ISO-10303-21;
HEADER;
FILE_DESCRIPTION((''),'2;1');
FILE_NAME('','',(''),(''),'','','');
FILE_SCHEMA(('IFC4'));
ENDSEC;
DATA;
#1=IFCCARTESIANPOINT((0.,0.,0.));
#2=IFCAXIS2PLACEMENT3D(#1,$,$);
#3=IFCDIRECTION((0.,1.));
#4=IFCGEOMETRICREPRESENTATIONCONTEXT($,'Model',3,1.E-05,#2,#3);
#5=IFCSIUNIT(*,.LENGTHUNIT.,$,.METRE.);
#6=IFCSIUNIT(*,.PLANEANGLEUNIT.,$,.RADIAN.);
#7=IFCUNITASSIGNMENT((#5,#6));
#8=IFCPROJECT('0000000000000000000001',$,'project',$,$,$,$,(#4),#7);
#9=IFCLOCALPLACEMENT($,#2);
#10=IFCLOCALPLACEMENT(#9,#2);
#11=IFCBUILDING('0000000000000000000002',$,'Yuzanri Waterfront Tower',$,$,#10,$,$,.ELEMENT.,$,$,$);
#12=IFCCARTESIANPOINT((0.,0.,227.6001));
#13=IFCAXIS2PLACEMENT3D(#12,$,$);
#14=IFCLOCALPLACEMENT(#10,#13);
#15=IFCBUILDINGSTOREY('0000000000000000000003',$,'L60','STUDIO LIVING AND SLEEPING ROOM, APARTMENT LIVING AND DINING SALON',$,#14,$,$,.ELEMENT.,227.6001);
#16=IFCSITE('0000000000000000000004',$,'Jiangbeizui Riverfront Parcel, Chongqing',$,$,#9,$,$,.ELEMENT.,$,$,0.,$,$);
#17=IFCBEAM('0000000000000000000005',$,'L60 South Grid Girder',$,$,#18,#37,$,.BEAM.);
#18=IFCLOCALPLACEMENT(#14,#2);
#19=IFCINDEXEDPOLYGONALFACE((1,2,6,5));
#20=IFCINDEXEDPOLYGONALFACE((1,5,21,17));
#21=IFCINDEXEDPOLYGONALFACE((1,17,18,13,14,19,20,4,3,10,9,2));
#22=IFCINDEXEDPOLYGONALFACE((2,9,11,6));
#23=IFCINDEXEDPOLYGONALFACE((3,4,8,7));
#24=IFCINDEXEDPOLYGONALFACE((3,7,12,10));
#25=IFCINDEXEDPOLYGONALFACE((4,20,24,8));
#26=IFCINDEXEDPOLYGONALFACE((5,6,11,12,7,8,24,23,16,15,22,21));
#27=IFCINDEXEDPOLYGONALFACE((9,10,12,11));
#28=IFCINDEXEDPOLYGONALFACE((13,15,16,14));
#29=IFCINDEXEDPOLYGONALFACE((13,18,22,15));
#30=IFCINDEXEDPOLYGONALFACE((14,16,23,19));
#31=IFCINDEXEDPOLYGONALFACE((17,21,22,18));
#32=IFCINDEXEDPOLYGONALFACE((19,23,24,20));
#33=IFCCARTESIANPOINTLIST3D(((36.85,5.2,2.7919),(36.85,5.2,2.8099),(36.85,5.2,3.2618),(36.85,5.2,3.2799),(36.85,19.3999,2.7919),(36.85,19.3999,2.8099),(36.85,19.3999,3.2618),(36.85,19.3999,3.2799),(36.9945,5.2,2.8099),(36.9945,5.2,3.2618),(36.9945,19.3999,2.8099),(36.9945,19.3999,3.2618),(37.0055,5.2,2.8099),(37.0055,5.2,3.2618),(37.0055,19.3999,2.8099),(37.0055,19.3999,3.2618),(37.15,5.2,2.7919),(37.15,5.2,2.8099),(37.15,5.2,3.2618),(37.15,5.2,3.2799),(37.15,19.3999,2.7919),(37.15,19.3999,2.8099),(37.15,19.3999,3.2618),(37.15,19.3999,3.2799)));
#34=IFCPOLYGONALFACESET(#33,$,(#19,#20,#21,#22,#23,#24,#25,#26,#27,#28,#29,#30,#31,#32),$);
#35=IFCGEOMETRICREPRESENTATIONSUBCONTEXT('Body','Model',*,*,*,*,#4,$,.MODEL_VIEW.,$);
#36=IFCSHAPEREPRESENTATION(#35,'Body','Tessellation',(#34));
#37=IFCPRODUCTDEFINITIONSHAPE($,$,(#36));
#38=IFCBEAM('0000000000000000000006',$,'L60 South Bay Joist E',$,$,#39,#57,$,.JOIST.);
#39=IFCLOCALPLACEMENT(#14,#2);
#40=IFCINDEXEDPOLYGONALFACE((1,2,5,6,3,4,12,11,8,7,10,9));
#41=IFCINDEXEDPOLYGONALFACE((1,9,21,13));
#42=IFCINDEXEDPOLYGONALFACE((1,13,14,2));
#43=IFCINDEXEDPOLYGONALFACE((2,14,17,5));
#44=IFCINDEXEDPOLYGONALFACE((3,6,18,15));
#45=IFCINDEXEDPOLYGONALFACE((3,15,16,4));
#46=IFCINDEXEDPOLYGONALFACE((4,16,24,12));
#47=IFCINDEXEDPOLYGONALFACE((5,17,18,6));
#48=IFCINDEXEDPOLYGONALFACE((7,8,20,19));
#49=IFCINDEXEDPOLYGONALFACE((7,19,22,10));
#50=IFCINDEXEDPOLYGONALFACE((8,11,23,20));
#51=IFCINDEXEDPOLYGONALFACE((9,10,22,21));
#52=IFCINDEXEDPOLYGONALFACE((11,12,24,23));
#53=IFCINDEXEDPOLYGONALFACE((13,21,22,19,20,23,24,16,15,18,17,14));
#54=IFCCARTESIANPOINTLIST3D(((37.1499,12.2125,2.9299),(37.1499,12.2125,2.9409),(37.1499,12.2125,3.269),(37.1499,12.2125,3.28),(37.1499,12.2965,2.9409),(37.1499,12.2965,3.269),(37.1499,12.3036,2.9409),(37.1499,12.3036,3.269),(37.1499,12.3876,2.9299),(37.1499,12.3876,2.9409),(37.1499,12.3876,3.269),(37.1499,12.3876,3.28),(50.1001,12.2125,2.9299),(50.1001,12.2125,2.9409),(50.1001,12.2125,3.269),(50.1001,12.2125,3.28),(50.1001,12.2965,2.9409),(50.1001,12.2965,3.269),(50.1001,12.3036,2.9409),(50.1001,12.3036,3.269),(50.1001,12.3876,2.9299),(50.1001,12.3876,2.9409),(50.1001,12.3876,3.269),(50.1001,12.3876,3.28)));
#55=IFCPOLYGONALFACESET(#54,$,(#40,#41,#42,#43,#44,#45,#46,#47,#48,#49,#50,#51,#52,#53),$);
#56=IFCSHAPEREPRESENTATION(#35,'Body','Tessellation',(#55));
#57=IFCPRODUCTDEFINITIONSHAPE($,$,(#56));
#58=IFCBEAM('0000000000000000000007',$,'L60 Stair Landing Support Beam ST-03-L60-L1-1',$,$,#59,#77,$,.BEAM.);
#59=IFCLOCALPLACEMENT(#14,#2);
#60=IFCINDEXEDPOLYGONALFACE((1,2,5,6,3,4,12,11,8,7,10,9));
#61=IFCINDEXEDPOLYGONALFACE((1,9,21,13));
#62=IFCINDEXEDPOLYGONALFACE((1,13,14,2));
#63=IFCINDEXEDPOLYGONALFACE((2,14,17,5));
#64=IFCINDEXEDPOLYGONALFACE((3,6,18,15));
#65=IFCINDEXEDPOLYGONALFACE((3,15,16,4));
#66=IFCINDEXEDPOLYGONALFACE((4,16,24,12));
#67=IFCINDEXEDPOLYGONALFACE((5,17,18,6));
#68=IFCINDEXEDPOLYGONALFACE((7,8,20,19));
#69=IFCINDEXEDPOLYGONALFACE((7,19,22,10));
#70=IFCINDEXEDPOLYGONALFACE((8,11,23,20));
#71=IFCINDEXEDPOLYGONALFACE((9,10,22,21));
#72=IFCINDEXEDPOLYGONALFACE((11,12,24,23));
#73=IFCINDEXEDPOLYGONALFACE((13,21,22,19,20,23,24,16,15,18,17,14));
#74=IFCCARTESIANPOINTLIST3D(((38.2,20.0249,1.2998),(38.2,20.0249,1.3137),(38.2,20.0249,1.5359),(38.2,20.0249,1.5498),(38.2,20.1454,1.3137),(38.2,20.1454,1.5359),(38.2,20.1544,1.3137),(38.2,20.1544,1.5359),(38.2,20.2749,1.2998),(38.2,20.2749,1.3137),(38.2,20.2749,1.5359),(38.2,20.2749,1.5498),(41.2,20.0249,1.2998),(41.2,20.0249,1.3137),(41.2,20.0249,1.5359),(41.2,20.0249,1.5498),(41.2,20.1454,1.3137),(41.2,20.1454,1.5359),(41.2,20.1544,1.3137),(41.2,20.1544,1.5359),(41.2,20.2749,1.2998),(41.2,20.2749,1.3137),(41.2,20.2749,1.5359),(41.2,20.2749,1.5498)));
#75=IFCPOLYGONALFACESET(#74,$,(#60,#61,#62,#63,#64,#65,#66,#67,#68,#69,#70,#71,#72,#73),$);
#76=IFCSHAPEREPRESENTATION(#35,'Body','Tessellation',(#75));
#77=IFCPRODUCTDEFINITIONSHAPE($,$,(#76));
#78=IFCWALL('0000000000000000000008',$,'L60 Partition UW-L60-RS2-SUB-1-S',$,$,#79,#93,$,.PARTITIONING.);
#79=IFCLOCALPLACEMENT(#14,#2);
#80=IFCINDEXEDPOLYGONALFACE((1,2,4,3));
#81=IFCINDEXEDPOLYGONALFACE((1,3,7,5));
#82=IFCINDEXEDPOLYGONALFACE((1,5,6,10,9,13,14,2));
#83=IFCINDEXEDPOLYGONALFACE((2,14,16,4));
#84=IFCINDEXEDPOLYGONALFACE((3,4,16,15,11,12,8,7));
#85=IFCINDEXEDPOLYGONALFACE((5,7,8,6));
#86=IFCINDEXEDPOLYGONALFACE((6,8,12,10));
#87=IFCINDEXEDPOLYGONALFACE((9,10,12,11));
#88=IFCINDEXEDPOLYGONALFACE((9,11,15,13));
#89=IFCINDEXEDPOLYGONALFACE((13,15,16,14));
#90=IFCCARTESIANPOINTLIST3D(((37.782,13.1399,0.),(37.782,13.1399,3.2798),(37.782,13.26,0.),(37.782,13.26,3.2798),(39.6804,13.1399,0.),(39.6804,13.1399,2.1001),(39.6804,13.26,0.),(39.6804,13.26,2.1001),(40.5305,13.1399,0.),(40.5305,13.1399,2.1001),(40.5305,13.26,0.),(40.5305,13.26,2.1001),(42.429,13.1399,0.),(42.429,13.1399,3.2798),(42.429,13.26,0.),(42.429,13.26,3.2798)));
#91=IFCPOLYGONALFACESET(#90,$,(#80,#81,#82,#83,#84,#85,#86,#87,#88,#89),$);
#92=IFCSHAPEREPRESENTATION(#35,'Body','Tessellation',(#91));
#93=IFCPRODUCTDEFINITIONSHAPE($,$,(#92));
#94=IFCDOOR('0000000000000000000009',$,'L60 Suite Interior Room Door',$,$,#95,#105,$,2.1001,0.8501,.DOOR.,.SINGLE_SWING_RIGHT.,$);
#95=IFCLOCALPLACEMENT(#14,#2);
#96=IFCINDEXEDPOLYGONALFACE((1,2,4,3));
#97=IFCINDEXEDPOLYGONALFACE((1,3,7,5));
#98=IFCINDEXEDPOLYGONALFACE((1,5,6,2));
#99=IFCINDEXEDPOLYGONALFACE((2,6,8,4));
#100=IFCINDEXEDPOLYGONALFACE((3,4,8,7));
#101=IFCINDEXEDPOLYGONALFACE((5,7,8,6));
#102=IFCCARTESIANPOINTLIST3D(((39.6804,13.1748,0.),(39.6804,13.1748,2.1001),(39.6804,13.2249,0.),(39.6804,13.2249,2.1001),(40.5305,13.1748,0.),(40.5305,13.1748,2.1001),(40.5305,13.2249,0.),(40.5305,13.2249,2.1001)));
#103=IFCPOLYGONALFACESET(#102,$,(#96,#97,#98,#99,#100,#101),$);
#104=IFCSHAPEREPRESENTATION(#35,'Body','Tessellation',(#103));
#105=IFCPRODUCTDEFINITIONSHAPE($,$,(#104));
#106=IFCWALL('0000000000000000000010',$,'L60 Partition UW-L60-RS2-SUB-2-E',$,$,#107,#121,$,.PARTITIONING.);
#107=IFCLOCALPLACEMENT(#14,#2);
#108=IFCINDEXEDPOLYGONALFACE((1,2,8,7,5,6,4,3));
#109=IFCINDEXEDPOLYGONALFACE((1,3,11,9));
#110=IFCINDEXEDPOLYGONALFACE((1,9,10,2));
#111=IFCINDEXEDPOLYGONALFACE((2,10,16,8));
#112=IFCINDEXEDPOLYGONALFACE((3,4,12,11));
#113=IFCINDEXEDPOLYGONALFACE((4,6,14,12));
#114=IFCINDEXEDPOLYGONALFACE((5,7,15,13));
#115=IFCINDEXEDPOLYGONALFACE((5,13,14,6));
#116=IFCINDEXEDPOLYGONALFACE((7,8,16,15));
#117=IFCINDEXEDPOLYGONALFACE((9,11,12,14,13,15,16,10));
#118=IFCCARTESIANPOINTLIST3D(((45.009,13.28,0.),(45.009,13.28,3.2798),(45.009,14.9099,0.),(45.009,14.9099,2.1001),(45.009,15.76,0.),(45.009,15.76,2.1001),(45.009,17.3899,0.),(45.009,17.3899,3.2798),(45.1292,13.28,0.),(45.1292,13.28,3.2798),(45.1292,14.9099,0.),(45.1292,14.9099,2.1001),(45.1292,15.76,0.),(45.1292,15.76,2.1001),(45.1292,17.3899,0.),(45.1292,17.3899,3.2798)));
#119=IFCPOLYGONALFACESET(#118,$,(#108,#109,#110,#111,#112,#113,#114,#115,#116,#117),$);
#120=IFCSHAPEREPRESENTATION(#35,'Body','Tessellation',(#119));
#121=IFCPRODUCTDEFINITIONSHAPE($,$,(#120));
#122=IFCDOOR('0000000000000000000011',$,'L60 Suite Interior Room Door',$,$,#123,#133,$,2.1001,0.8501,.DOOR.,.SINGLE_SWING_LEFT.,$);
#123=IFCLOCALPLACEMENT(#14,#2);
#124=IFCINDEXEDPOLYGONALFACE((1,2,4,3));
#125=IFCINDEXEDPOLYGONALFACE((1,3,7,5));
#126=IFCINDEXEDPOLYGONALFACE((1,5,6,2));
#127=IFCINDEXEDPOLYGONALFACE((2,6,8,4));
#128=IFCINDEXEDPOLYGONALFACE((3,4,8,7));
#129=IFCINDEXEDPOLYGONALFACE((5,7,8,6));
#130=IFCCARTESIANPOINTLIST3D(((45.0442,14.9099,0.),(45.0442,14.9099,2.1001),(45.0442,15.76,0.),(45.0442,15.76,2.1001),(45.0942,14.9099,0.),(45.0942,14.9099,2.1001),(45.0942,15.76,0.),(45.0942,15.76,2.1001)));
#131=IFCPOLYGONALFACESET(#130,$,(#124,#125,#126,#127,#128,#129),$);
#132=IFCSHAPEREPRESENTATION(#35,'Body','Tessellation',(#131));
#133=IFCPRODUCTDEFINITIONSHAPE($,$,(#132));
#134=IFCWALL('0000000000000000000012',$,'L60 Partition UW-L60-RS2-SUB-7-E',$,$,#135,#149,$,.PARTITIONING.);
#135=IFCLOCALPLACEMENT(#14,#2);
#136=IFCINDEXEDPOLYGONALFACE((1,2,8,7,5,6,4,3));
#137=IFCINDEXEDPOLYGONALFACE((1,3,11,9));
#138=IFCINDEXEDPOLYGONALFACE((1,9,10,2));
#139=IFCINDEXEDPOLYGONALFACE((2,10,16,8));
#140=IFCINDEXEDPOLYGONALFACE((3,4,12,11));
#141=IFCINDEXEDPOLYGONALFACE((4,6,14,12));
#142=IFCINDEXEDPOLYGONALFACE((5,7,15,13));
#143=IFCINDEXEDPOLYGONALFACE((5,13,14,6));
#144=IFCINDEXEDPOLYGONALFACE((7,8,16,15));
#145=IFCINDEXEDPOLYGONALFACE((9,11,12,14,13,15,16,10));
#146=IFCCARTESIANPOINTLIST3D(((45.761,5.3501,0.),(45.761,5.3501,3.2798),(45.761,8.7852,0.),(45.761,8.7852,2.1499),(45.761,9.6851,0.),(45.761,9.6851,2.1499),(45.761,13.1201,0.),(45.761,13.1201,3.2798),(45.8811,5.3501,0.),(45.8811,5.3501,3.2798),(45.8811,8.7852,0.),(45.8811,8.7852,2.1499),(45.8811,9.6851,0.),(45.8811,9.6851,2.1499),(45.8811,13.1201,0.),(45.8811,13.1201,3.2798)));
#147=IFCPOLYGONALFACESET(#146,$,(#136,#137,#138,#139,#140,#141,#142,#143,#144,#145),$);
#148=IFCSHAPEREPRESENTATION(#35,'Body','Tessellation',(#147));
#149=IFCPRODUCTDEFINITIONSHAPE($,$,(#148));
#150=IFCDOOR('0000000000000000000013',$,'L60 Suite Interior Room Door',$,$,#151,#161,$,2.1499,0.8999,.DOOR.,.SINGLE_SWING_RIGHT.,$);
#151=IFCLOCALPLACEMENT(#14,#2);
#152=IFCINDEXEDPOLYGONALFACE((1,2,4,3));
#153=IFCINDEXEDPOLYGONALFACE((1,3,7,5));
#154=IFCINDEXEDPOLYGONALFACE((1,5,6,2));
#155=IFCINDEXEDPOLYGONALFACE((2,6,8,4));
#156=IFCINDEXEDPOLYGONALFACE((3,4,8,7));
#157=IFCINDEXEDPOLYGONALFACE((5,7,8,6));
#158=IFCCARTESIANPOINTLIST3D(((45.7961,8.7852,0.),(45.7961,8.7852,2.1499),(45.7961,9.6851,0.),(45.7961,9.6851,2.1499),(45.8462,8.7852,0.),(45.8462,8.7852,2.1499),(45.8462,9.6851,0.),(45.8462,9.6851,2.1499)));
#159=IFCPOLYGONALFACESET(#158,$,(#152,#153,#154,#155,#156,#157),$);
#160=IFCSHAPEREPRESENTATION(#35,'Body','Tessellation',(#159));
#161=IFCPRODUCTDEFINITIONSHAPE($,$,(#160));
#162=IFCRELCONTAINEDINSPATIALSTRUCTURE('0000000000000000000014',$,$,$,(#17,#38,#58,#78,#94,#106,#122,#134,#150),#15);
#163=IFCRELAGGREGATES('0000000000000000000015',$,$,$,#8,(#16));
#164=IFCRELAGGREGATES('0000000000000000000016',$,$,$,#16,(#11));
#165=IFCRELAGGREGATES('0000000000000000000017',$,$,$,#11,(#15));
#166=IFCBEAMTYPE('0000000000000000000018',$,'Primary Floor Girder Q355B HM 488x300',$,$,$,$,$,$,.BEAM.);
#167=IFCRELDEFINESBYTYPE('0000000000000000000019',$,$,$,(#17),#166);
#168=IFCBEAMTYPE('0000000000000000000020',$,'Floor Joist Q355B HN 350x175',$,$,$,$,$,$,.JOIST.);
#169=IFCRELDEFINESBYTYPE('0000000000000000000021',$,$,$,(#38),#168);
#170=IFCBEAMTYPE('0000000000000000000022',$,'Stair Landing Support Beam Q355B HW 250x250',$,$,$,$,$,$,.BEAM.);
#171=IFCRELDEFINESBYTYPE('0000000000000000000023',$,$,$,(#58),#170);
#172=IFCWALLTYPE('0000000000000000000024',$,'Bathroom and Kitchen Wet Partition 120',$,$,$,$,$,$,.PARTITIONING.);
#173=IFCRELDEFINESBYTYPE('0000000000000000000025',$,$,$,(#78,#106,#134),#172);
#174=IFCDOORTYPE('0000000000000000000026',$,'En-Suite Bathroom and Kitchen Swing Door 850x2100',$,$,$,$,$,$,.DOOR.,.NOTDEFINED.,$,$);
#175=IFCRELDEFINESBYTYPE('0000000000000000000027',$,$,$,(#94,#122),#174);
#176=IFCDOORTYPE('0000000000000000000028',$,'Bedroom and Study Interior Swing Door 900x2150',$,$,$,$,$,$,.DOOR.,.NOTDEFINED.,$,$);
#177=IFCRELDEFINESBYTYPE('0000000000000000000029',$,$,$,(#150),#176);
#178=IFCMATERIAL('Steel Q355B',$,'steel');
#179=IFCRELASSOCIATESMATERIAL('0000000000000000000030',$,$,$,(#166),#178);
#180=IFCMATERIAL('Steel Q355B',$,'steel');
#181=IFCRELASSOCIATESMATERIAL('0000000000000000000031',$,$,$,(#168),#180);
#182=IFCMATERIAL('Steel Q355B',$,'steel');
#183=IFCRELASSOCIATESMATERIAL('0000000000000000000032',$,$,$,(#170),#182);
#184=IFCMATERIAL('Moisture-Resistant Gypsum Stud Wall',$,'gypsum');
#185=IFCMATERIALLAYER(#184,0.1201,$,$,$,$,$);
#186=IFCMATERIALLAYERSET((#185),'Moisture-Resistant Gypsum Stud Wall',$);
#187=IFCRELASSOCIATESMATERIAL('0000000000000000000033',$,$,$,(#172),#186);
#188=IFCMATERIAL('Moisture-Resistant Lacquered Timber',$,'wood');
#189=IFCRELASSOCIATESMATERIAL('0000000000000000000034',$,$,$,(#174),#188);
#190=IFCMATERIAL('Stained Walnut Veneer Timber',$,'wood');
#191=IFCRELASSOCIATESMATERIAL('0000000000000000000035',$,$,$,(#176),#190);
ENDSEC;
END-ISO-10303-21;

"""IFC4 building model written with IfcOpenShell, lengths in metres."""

from ifc_helpers import new_model, si_unit, direction, frame, frame_2d, origin, origin_2d, place, context, subcontext, project, spatial, rectangle, i_section, extrude, source, transform, mapped, material, layer, layer_set, material_profile, profile_set, type_object, element, fill, save


model = new_model("IFC4")

# Units and contexts
model_context = context("Model", 3, precision=1e-05, world=origin(), true_north=direction((0.0, 1.0)))
body_context = subcontext(model_context, "Body", "Model", "MODEL_VIEW")
ifc_project = project(units=[si_unit("LENGTHUNIT", "METRE"), si_unit("PLANEANGLEUNIT", "RADIAN")], contexts=[model_context])

# Site, building, storey
site_placement = place(None, origin())
site = spatial("IfcSite", under=ifc_project, at=site_placement, Name="Jiangbeizui Riverfront Parcel, Chongqing", CompositionType="ELEMENT", RefElevation=0.0)
building_placement = place(site_placement, origin())
building = spatial("IfcBuilding", under=site, at=building_placement, Name="Yuzanri Waterfront Tower", CompositionType="ELEMENT")
storey_placement = place(building_placement, frame((0.0, 0.0, 227.6001)))
storey = spatial("IfcBuildingStorey", under=building, at=storey_placement, Name="L60", Description="STUDIO LIVING AND SLEEPING ROOM, APARTMENT LIVING AND DINING SALON", CompositionType="ELEMENT", Elevation=227.6001)

# Beams
ifc_material_1 = material(Name="Steel Q355B", Category="steel")
ifc_material_profile_1 = material_profile(ifc_material_1, i_section(OverallWidth=0.3, OverallDepth=0.488, WebThickness=0.011, FlangeThickness=0.0181, at=origin_2d()), Name="HM 488x300x11x18")
ifc_profile_set_1 = profile_set([ifc_material_profile_1], Name="Steel Q355B")
beam_type_1 = type_object("IfcBeamType", Name="Primary Floor Girder Q355B HM 488x300", PredefinedType="BEAM", material=ifc_profile_set_1)
shared_shape_1 = source(origin(), body_context, "Body", "SweptSolid", [
    extrude(i_section(OverallWidth=0.3, OverallDepth=0.488, WebThickness=0.011, FlangeThickness=0.0181, at=origin_2d()), origin(), (0.0, 0.0, 1.0), 14.2),
])
beam_1_placement = place(storey_placement, frame((37.0, 19.3999, 3.0359), z_axis=(0.0, -1.0, 0.0), x_axis=(1.0, 0.0, 0.0)))
element("IfcBeam", 1, at=beam_1_placement, inside=storey, type_object=beam_type_1, Name="L60 South Grid Girder", PredefinedType="BEAM", context=body_context, shape_type="MappedRepresentation", body=[
    mapped(shared_shape_1, transform((0.0, 0.0, 0.0), scale=1.0)),
])
ifc_material_2 = material(Name="Steel Q355B", Category="steel")
ifc_material_profile_2 = material_profile(ifc_material_2, i_section(OverallWidth=0.175, OverallDepth=0.3501, WebThickness=0.0071, FlangeThickness=0.011, at=origin_2d()), Name="HN 350x175x7x11")
ifc_profile_set_2 = profile_set([ifc_material_profile_2], Name="Steel Q355B")
beam_type_2 = type_object("IfcBeamType", Name="Floor Joist Q355B HN 350x175", PredefinedType="JOIST", material=ifc_profile_set_2)
shared_shape_2 = source(origin(), body_context, "Body", "SweptSolid", [
    extrude(i_section(OverallWidth=0.175, OverallDepth=0.3501, WebThickness=0.0071, FlangeThickness=0.011, at=origin_2d()), origin(), (0.0, 0.0, 1.0), 12.9502),
])
beam_2_placement = place(storey_placement, frame((37.1499, 12.3, 3.105), z_axis=(1.0, 0.0, 0.0), x_axis=(0.0, 1.0, 0.0)))
element("IfcBeam", 2, at=beam_2_placement, inside=storey, type_object=beam_type_2, Name="L60 South Bay Joist E", PredefinedType="JOIST", context=body_context, shape_type="MappedRepresentation", body=[
    mapped(shared_shape_2, transform((0.0, 0.0, 0.0), scale=1.0)),
])
ifc_material_3 = material(Name="Steel Q355B", Category="steel")
ifc_material_profile_3 = material_profile(ifc_material_3, i_section(OverallWidth=0.25, OverallDepth=0.25, WebThickness=0.009, FlangeThickness=0.0139, at=origin_2d()), Name="HW 250x250x9x14")
ifc_profile_set_3 = profile_set([ifc_material_profile_3], Name="Steel Q355B")
beam_type_3 = type_object("IfcBeamType", Name="Stair Landing Support Beam Q355B HW 250x250", PredefinedType="BEAM", material=ifc_profile_set_3)
shared_shape_3 = source(origin(), body_context, "Body", "SweptSolid", [
    extrude(i_section(OverallWidth=0.25, OverallDepth=0.25, WebThickness=0.009, FlangeThickness=0.0139, at=origin_2d()), origin(), (0.0, 0.0, 1.0), 3.0),
])
beam_3_placement = place(storey_placement, frame((38.2, 20.1499, 1.4248), z_axis=(1.0, 0.0, 0.0), x_axis=(0.0, 1.0, 0.0)))
element("IfcBeam", 3, at=beam_3_placement, inside=storey, type_object=beam_type_3, Name="L60 Stair Landing Support Beam ST-03-L60-L1-1", PredefinedType="BEAM", context=body_context, shape_type="MappedRepresentation", body=[
    mapped(shared_shape_3, transform((0.0, 0.0, 0.0), scale=1.0)),
])

# Walls, openings, doors
ifc_material_4 = material(Name="Moisture-Resistant Gypsum Stud Wall", Category="gypsum")
ifc_layer_1 = layer(ifc_material_4, 0.1201)
ifc_layer_set_1 = layer_set([ifc_layer_1], Name="Moisture-Resistant Gypsum Stud Wall")
wall_type_1 = type_object("IfcWallType", Name="Bathroom and Kitchen Wet Partition 120", PredefinedType="PARTITIONING", material=ifc_layer_set_1)
wall_1_placement = place(storey_placement, frame((37.782, 13.2, 0.0), z_axis=(0.0, 0.0, 1.0), x_axis=(1.0, 0.0, 0.0)))
wall_1 = element("IfcWall", 4, at=wall_1_placement, inside=storey, type_object=wall_type_1, Name="L60 Partition UW-L60-RS2-SUB-1-S", PredefinedType="PARTITIONING", context=body_context, shape_type="SweptSolid", body=[
    extrude(rectangle(XDim=4.647, YDim=0.1201, at=frame_2d((2.3235, 0.0))), origin(), (0.0, 0.0, 1.0), 3.2798),
])
opening_1_placement = place(wall_1_placement, frame((1.8984, 0.0, 0.0)))
opening_1 = element("IfcOpeningElement", 5, at=opening_1_placement, cuts=wall_1, PredefinedType="OPENING", context=body_context, shape_type="SweptSolid", body=[
    extrude(rectangle(XDim=0.8501, YDim=2.1001, at=frame_2d((0.425, 1.05))), frame((0.0, 0.075, 0.0), z_axis=(0.0, -1.0, 0.0), x_axis=(1.0, 0.0, 0.0)), (0.0, 0.0, 1.0), 0.1499),
])
ifc_material_5 = material(Name="Moisture-Resistant Lacquered Timber", Category="wood")
door_type_1 = type_object("IfcDoorType", Name="En-Suite Bathroom and Kitchen Swing Door 850x2100", OperationType="NOTDEFINED", PredefinedType="DOOR", material=ifc_material_5)
shared_shape_4 = source(origin(), body_context, "Body", "SweptSolid", [
    extrude(rectangle(XDim=0.8501, YDim=2.1001, at=frame_2d((0.425, 1.05))), frame((0.0, 0.0249, 0.0), z_axis=(0.0, -1.0, 0.0), x_axis=(1.0, 0.0, 0.0)), (0.0, 0.0, 1.0), 0.05),
])
door_1_placement = place(opening_1_placement, origin())
door_1 = element("IfcDoor", 6, at=door_1_placement, inside=storey, type_object=door_type_1, Name="L60 Suite Interior Room Door", OperationType="SINGLE_SWING_RIGHT", OverallHeight=2.1001, OverallWidth=0.8501, PredefinedType="DOOR", context=body_context, shape_type="MappedRepresentation", body=[
    mapped(shared_shape_4, transform((0.0, 0.0, 0.0), scale=1.0)),
])
fill(opening_1, door_1)
wall_2_placement = place(storey_placement, frame((45.0691, 13.28, 0.0), z_axis=(0.0, 0.0, 1.0), x_axis=(0.0, 1.0, 0.0)))
wall_2 = element("IfcWall", 7, at=wall_2_placement, inside=storey, type_object=wall_type_1, Name="L60 Partition UW-L60-RS2-SUB-2-E", PredefinedType="PARTITIONING", context=body_context, shape_type="SweptSolid", body=[
    extrude(rectangle(XDim=4.1099, YDim=0.1201, at=frame_2d((2.0549, 0.0))), origin(), (0.0, 0.0, 1.0), 3.2798),
])
opening_2_placement = place(wall_2_placement, frame((1.6299, 0.0, 0.0)))
opening_2 = element("IfcOpeningElement", 8, at=opening_2_placement, cuts=wall_2, PredefinedType="OPENING", context=body_context, shape_type="SweptSolid", body=[
    extrude(rectangle(XDim=0.8501, YDim=2.1001, at=frame_2d((0.425, 1.05))), frame((0.0, 0.075, 0.0), z_axis=(0.0, -1.0, 0.0), x_axis=(1.0, 0.0, 0.0)), (0.0, 0.0, 1.0), 0.1499),
])
door_2_placement = place(opening_2_placement, origin())
door_2 = element("IfcDoor", 9, at=door_2_placement, inside=storey, type_object=door_type_1, Name="L60 Suite Interior Room Door", OperationType="SINGLE_SWING_LEFT", OverallHeight=2.1001, OverallWidth=0.8501, PredefinedType="DOOR", context=body_context, shape_type="MappedRepresentation", body=[
    mapped(shared_shape_4, transform((0.0, 0.0, 0.0), scale=1.0)),
])
fill(opening_2, door_2)
wall_3_placement = place(storey_placement, frame((45.821, 5.3501, 0.0), z_axis=(0.0, 0.0, 1.0), x_axis=(0.0, 1.0, 0.0)))
wall_3 = element("IfcWall", 10, at=wall_3_placement, inside=storey, type_object=wall_type_1, Name="L60 Partition UW-L60-RS2-SUB-7-E", PredefinedType="PARTITIONING", context=body_context, shape_type="SweptSolid", body=[
    extrude(rectangle(XDim=7.77, YDim=0.1201, at=frame_2d((3.885, 0.0))), origin(), (0.0, 0.0, 1.0), 3.2798),
])
opening_3_placement = place(wall_3_placement, frame((3.4351, 0.0, 0.0)))
opening_3 = element("IfcOpeningElement", 11, at=opening_3_placement, cuts=wall_3, PredefinedType="OPENING", context=body_context, shape_type="SweptSolid", body=[
    extrude(rectangle(XDim=0.8999, YDim=2.1499, at=frame_2d((0.45, 1.075))), frame((0.0, 0.075, 0.0), z_axis=(0.0, -1.0, 0.0), x_axis=(1.0, 0.0, 0.0)), (0.0, 0.0, 1.0), 0.1499),
])
ifc_material_6 = material(Name="Stained Walnut Veneer Timber", Category="wood")
door_type_2 = type_object("IfcDoorType", Name="Bedroom and Study Interior Swing Door 900x2150", OperationType="NOTDEFINED", PredefinedType="DOOR", material=ifc_material_6)
shared_shape_5 = source(origin(), body_context, "Body", "SweptSolid", [
    extrude(rectangle(XDim=0.8999, YDim=2.1499, at=frame_2d((0.45, 1.075))), frame((0.0, 0.0249, 0.0), z_axis=(0.0, -1.0, 0.0), x_axis=(1.0, 0.0, 0.0)), (0.0, 0.0, 1.0), 0.05),
])
door_3_placement = place(opening_3_placement, origin())
door_3 = element("IfcDoor", 12, at=door_3_placement, inside=storey, type_object=door_type_2, Name="L60 Suite Interior Room Door", OperationType="SINGLE_SWING_RIGHT", OverallHeight=2.1499, OverallWidth=0.8999, PredefinedType="DOOR", context=body_context, shape_type="MappedRepresentation", body=[
    mapped(shared_shape_5, transform((0.0, 0.0, 0.0), scale=1.0)),
])
fill(opening_3, door_3)

save(model, "model.ifc")
